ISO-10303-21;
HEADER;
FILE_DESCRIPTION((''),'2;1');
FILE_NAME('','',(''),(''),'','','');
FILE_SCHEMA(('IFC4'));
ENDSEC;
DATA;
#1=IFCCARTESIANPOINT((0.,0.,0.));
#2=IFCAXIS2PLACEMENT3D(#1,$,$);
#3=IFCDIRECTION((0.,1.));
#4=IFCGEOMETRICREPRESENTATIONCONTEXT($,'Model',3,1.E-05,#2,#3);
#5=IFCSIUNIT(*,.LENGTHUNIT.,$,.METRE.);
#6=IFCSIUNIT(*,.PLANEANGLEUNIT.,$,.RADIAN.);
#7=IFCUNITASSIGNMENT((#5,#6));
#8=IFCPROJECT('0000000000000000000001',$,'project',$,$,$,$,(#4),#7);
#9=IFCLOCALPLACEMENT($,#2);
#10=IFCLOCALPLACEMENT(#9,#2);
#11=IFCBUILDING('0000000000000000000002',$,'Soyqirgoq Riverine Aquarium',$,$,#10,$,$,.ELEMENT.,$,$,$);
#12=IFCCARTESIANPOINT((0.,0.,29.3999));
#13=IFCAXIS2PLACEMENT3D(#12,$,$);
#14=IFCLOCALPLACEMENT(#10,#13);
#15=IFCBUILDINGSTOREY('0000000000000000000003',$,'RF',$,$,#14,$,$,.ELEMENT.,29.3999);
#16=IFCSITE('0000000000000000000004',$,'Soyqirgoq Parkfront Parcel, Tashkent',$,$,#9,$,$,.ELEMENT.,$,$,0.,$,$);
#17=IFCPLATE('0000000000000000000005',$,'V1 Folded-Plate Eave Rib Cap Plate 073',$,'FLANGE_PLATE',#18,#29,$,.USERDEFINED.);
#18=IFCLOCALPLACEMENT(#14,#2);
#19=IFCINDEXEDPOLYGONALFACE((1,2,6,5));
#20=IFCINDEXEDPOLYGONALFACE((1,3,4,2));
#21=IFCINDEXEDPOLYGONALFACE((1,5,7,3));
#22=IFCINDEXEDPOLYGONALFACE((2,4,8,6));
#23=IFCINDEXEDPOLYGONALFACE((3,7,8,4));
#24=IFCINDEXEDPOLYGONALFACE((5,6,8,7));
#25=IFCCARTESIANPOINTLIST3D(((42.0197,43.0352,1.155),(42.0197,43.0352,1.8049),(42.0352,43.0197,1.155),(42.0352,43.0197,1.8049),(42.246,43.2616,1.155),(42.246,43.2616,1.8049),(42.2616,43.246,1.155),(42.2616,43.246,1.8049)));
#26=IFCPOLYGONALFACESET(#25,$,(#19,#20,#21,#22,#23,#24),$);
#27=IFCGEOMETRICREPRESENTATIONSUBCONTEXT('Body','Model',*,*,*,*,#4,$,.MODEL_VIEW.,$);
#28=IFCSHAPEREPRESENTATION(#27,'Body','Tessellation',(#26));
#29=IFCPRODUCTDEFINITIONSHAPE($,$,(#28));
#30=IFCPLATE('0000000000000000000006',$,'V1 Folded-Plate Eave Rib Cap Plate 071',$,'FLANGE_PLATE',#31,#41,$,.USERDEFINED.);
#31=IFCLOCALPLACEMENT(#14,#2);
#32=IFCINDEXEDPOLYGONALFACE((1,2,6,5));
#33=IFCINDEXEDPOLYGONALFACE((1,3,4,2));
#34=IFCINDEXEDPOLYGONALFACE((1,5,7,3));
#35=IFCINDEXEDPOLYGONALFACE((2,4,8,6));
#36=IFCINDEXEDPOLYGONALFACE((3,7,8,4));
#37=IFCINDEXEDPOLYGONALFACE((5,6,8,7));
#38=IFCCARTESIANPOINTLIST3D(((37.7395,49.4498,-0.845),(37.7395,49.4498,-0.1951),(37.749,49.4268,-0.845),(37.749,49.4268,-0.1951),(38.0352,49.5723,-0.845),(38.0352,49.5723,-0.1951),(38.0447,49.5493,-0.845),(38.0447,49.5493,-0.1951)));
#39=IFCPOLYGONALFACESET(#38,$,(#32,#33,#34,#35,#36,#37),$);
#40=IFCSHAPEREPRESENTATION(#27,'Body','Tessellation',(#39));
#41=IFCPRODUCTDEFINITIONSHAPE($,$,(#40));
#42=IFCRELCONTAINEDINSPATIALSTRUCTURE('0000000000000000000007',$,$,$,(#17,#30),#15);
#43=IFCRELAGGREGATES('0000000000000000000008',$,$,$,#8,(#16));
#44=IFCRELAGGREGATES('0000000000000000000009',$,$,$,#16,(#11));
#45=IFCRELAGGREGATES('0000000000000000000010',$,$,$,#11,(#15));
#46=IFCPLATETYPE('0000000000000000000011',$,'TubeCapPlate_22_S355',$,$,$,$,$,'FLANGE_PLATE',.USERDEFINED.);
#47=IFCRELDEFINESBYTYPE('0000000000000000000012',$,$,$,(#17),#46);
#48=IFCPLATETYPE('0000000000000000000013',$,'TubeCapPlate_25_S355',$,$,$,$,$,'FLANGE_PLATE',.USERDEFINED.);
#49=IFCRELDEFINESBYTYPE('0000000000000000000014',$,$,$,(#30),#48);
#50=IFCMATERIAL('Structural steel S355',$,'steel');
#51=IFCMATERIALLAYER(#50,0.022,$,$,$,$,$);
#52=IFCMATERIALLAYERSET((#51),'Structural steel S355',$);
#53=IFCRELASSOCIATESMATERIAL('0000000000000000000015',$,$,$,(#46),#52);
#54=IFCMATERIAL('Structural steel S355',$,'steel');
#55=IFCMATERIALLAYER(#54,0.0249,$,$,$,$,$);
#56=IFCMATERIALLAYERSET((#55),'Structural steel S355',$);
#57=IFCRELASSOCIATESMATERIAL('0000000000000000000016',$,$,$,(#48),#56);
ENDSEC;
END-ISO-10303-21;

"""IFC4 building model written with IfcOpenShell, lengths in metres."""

from ifc_helpers import new_model, si_unit, direction, frame, origin, origin_2d, place, context, subcontext, project, spatial, rectangle, extrude, material, layer, layer_set, type_object, element, save


model = new_model("IFC4")

# Units and contexts
model_context = context("Model", 3, precision=1e-05, world=origin(), true_north=direction((0.0, 1.0)))
body_context = subcontext(model_context, "Body", "Model", "MODEL_VIEW")
ifc_project = project(units=[si_unit("LENGTHUNIT", "METRE"), si_unit("PLANEANGLEUNIT", "RADIAN")], contexts=[model_context])

# Site, building, storey
site_placement = place(None, origin())
site = spatial("IfcSite", under=ifc_project, at=site_placement, Name="Soyqirgoq Parkfront Parcel, Tashkent", CompositionType="ELEMENT", RefElevation=0.0)
building_placement = place(site_placement, origin())
building = spatial("IfcBuilding", under=site, at=building_placement, Name="Soyqirgoq Riverine Aquarium", CompositionType="ELEMENT")
storey_placement = place(building_placement, frame((0.0, 0.0, 29.3999)))
storey = spatial("IfcBuildingStorey", under=building, at=storey_placement, Name="RF", CompositionType="ELEMENT", Elevation=29.3999)

# Plates
ifc_material_1 = material(Name="Structural steel S355", Category="steel")
ifc_layer_1 = layer(ifc_material_1, 0.022)
ifc_layer_set_1 = layer_set([ifc_layer_1], Name="Structural steel S355")
plate_type_1 = type_object("IfcPlateType", Name="TubeCapPlate_22_S355", ElementType="FLANGE_PLATE", PredefinedType="USERDEFINED", material=ifc_layer_set_1)
plate_1_placement = place(storey_placement, frame((42.1406, 43.1406, 1.155), z_axis=(0.0, 0.0, 1.0), x_axis=(-0.707107, -0.707107, 0.0)))
element("IfcPlate", 1, at=plate_1_placement, inside=storey, type_object=plate_type_1, Name="V1 Folded-Plate Eave Rib Cap Plate 073", ObjectType="FLANGE_PLATE", PredefinedType="USERDEFINED", context=body_context, shape_type="SweptSolid", body=[
    extrude(rectangle(XDim=0.3201, YDim=0.022, at=origin_2d()), origin(), (0.0, 0.0, 1.0), 0.6499),
])
ifc_material_2 = material(Name="Structural steel S355", Category="steel")
ifc_layer_2 = layer(ifc_material_2, 0.0249)
ifc_layer_set_2 = layer_set([ifc_layer_2], Name="Structural steel S355")
plate_type_2 = type_object("IfcPlateType", Name="TubeCapPlate_25_S355", ElementType="FLANGE_PLATE", PredefinedType="USERDEFINED", material=ifc_layer_set_2)
plate_2_placement = place(storey_placement, frame((37.8921, 49.4995, -0.845), z_axis=(0.0, 0.0, 1.0), x_axis=(-0.92388, -0.382683, 0.0)))
element("IfcPlate", 2, at=plate_2_placement, inside=storey, type_object=plate_type_2, Name="V1 Folded-Plate Eave Rib Cap Plate 071", ObjectType="FLANGE_PLATE", PredefinedType="USERDEFINED", context=body_context, shape_type="SweptSolid", body=[
    extrude(rectangle(XDim=0.3201, YDim=0.0249, at=origin_2d()), origin(), (0.0, 0.0, 1.0), 0.6499),
])

save(model, "model.ifc")
